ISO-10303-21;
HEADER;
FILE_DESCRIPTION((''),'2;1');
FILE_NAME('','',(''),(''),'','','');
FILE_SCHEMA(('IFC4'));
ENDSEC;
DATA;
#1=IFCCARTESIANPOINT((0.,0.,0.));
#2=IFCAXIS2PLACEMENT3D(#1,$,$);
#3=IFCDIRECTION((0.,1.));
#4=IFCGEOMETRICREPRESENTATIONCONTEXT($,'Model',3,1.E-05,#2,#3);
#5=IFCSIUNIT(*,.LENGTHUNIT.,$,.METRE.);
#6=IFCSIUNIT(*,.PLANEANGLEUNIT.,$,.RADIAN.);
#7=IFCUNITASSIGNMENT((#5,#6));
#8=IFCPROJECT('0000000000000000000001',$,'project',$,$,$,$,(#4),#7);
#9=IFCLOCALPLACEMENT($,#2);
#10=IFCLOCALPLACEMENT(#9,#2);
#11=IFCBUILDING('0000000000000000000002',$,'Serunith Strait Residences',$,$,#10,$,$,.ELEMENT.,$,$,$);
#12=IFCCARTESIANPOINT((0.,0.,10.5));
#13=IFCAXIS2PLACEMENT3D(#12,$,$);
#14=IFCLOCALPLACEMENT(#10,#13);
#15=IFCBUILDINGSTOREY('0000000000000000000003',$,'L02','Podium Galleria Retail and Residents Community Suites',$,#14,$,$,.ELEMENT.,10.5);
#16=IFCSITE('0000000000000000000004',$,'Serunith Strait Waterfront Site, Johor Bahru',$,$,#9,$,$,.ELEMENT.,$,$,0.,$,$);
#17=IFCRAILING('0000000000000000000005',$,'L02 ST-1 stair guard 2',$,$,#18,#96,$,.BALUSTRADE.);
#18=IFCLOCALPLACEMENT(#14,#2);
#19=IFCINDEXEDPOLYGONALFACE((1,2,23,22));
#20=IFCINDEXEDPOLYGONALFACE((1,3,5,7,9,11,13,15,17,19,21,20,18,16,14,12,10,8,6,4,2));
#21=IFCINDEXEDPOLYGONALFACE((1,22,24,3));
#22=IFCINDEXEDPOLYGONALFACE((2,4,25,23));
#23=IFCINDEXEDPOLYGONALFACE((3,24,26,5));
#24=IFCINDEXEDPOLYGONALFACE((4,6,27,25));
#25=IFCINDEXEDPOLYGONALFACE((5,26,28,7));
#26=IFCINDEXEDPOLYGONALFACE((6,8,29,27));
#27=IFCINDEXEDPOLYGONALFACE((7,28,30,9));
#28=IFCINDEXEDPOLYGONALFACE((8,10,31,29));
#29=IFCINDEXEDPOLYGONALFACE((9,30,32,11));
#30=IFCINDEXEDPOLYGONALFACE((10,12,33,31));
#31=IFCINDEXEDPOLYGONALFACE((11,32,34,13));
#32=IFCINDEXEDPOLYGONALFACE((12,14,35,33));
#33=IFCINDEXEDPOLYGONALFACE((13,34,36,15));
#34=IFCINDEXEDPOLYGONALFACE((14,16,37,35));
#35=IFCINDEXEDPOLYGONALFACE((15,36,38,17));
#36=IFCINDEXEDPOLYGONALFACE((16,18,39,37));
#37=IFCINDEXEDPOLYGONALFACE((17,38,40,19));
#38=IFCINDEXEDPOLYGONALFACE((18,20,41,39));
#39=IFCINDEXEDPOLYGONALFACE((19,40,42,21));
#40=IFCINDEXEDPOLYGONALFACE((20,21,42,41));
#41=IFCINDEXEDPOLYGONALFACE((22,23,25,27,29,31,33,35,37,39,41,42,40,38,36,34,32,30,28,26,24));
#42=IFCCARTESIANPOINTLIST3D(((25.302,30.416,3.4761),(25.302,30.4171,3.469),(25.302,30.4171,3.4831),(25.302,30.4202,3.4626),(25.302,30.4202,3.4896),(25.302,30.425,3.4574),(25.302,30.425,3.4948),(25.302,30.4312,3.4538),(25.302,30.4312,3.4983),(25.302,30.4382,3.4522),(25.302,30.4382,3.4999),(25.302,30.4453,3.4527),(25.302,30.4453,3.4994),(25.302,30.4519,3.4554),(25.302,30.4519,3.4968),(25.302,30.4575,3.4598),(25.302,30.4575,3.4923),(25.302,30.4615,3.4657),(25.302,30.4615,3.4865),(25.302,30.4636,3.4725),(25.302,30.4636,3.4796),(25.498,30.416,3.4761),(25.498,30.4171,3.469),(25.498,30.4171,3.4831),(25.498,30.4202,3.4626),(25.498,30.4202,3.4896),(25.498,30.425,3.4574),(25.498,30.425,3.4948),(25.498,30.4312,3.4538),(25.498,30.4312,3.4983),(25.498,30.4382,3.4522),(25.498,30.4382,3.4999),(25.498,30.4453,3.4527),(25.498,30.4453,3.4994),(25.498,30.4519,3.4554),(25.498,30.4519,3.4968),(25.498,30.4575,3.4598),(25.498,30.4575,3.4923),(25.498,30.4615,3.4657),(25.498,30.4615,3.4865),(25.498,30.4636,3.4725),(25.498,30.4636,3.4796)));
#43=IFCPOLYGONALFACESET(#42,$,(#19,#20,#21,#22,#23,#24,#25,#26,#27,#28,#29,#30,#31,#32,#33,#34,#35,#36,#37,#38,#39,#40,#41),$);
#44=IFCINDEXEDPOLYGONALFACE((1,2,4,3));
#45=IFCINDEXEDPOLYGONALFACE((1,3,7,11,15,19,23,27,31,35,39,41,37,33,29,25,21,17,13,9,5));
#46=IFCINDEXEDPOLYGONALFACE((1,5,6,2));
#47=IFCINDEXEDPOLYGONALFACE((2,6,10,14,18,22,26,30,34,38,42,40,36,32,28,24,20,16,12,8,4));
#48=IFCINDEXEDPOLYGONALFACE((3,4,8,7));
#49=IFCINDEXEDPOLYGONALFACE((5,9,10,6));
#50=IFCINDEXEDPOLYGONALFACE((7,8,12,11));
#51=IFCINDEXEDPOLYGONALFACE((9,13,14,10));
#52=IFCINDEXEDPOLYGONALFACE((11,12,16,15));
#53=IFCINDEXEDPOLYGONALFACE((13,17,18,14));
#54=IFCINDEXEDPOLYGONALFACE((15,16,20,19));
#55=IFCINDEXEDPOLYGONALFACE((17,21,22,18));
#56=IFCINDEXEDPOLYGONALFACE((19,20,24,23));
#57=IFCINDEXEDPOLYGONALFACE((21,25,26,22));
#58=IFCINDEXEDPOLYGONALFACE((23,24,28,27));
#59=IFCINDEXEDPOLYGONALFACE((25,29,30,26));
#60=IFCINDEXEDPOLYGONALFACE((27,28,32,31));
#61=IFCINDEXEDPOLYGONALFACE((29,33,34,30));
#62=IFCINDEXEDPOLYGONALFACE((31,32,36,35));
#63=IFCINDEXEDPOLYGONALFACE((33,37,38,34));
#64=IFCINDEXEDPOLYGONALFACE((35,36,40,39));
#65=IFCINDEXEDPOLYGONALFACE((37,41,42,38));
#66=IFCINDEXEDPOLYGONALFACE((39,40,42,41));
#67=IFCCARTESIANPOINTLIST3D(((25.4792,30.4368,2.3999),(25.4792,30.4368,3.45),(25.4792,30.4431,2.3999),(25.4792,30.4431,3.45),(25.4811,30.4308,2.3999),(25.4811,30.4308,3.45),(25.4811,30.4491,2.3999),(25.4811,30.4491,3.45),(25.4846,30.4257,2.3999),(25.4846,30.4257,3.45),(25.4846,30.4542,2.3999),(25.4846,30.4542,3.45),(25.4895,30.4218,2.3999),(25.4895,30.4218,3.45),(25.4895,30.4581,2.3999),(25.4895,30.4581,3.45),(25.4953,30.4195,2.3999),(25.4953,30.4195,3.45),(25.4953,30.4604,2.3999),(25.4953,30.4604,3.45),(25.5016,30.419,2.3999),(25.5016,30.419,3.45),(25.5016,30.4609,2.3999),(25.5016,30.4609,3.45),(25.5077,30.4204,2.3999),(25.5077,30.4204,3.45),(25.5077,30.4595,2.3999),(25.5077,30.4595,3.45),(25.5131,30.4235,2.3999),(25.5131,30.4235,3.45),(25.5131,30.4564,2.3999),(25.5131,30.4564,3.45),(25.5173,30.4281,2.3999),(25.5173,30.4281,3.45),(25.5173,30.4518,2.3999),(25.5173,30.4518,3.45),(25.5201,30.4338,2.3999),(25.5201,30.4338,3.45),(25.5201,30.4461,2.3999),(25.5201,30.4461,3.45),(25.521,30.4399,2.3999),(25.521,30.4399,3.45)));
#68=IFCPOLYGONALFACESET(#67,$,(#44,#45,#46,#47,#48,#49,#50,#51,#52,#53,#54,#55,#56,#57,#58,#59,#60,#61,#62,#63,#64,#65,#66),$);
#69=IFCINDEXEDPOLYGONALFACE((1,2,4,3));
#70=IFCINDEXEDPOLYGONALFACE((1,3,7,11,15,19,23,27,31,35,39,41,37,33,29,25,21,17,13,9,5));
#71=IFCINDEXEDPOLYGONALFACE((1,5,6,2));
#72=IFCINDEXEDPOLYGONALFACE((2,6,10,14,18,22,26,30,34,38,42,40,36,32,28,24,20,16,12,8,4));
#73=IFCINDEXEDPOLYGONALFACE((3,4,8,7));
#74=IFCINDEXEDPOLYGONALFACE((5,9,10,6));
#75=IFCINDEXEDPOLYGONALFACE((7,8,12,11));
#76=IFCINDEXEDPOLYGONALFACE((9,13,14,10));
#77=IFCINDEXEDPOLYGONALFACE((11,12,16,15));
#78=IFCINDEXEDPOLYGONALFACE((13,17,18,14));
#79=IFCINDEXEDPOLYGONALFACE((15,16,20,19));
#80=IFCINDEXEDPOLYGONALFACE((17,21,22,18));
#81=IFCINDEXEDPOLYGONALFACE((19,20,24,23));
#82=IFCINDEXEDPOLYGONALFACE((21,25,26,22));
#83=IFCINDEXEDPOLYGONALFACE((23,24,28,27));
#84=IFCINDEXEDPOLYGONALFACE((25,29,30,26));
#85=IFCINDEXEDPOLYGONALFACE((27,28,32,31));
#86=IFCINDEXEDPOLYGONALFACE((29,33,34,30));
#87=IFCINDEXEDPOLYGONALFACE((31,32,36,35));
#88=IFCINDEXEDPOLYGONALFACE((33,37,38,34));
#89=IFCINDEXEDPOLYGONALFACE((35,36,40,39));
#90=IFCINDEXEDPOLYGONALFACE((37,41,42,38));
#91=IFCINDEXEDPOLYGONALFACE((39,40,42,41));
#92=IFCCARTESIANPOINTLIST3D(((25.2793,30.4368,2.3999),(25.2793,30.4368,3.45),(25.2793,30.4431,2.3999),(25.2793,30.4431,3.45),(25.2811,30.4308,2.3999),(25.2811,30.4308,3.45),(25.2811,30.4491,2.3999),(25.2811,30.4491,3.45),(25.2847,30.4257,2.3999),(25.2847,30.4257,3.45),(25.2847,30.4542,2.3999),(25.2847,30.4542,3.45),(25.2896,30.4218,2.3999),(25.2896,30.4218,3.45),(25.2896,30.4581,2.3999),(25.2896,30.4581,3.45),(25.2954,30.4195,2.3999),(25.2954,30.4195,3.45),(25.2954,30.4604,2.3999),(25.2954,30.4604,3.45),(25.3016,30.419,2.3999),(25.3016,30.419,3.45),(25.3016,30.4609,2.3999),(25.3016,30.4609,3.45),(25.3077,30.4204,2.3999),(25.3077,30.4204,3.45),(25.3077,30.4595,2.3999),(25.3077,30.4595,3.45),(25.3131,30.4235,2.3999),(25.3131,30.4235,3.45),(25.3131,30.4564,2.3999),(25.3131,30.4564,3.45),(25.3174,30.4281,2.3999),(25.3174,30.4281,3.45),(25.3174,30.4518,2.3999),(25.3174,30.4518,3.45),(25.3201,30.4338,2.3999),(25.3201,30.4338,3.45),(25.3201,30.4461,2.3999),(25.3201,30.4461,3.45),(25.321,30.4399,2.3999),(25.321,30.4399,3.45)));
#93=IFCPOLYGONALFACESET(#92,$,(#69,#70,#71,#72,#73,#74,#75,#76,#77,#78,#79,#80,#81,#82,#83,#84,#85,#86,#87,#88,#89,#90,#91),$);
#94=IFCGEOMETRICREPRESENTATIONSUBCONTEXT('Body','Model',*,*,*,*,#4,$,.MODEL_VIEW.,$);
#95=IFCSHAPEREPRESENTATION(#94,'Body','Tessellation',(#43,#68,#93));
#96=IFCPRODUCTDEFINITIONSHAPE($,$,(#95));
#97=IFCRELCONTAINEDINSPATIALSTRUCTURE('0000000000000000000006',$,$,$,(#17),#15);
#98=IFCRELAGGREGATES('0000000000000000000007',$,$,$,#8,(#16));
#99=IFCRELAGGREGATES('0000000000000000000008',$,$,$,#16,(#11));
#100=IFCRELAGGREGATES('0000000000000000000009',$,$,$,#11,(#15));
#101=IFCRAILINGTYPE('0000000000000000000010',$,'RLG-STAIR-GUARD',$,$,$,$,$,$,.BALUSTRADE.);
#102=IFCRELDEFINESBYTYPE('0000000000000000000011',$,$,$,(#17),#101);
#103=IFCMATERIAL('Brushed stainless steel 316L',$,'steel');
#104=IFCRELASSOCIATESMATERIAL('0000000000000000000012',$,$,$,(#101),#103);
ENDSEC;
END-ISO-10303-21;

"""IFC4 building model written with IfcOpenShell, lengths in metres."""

from ifc_helpers import new_model, si_unit, direction, frame, origin, origin_2d, place, context, subcontext, project, spatial, circle, extrude, material, type_object, element, save


model = new_model("IFC4")

# Units and contexts
model_context = context("Model", 3, precision=1e-05, world=origin(), true_north=direction((0.0, 1.0)))
body_context = subcontext(model_context, "Body", "Model", "MODEL_VIEW")
ifc_project = project(units=[si_unit("LENGTHUNIT", "METRE"), si_unit("PLANEANGLEUNIT", "RADIAN")], contexts=[model_context])

# Site, building, storey
site_placement = place(None, origin())
site = spatial("IfcSite", under=ifc_project, at=site_placement, Name="Serunith Strait Waterfront Site, Johor Bahru", CompositionType="ELEMENT", RefElevation=0.0)
building_placement = place(site_placement, origin())
building = spatial("IfcBuilding", under=site, at=building_placement, Name="Serunith Strait Residences", CompositionType="ELEMENT")
storey_placement = place(building_placement, frame((0.0, 0.0, 10.5)))
storey = spatial("IfcBuildingStorey", under=building, at=storey_placement, Name="L02", Description="Podium Galleria Retail and Residents Community Suites", CompositionType="ELEMENT", Elevation=10.5)

# Railing
ifc_material_1 = material(Name="Brushed stainless steel 316L", Category="steel")
railing_type_1 = type_object("IfcRailingType", Name="RLG-STAIR-GUARD", PredefinedType="BALUSTRADE", material=ifc_material_1)
railing_1_placement = place(storey_placement, frame((25.5, 30.4399, 2.3999)))
element("IfcRailing", 1, at=railing_1_placement, inside=storey, type_object=railing_type_1, Name="L02 ST-1 stair guard 2", PredefinedType="BALUSTRADE", context=body_context, shape_type="SweptSolid", body=[
    extrude(circle(Radius=0.0239, at=origin_2d()), frame((-0.002, 0.0, 1.0762), z_axis=(-1.0, 0.0, 0.0), x_axis=(0.0, -1.0, 0.0)), (0.0, 0.0, 1.0), 0.196),
    extrude(circle(Radius=0.021, at=origin_2d()), origin(), (0.0, 0.0, 1.0), 1.05),
    extrude(circle(Radius=0.021, at=origin_2d()), frame((-0.2, 0.0, 0.0)), (0.0, 0.0, 1.0), 1.05),
])

save(model, "model.ifc")
